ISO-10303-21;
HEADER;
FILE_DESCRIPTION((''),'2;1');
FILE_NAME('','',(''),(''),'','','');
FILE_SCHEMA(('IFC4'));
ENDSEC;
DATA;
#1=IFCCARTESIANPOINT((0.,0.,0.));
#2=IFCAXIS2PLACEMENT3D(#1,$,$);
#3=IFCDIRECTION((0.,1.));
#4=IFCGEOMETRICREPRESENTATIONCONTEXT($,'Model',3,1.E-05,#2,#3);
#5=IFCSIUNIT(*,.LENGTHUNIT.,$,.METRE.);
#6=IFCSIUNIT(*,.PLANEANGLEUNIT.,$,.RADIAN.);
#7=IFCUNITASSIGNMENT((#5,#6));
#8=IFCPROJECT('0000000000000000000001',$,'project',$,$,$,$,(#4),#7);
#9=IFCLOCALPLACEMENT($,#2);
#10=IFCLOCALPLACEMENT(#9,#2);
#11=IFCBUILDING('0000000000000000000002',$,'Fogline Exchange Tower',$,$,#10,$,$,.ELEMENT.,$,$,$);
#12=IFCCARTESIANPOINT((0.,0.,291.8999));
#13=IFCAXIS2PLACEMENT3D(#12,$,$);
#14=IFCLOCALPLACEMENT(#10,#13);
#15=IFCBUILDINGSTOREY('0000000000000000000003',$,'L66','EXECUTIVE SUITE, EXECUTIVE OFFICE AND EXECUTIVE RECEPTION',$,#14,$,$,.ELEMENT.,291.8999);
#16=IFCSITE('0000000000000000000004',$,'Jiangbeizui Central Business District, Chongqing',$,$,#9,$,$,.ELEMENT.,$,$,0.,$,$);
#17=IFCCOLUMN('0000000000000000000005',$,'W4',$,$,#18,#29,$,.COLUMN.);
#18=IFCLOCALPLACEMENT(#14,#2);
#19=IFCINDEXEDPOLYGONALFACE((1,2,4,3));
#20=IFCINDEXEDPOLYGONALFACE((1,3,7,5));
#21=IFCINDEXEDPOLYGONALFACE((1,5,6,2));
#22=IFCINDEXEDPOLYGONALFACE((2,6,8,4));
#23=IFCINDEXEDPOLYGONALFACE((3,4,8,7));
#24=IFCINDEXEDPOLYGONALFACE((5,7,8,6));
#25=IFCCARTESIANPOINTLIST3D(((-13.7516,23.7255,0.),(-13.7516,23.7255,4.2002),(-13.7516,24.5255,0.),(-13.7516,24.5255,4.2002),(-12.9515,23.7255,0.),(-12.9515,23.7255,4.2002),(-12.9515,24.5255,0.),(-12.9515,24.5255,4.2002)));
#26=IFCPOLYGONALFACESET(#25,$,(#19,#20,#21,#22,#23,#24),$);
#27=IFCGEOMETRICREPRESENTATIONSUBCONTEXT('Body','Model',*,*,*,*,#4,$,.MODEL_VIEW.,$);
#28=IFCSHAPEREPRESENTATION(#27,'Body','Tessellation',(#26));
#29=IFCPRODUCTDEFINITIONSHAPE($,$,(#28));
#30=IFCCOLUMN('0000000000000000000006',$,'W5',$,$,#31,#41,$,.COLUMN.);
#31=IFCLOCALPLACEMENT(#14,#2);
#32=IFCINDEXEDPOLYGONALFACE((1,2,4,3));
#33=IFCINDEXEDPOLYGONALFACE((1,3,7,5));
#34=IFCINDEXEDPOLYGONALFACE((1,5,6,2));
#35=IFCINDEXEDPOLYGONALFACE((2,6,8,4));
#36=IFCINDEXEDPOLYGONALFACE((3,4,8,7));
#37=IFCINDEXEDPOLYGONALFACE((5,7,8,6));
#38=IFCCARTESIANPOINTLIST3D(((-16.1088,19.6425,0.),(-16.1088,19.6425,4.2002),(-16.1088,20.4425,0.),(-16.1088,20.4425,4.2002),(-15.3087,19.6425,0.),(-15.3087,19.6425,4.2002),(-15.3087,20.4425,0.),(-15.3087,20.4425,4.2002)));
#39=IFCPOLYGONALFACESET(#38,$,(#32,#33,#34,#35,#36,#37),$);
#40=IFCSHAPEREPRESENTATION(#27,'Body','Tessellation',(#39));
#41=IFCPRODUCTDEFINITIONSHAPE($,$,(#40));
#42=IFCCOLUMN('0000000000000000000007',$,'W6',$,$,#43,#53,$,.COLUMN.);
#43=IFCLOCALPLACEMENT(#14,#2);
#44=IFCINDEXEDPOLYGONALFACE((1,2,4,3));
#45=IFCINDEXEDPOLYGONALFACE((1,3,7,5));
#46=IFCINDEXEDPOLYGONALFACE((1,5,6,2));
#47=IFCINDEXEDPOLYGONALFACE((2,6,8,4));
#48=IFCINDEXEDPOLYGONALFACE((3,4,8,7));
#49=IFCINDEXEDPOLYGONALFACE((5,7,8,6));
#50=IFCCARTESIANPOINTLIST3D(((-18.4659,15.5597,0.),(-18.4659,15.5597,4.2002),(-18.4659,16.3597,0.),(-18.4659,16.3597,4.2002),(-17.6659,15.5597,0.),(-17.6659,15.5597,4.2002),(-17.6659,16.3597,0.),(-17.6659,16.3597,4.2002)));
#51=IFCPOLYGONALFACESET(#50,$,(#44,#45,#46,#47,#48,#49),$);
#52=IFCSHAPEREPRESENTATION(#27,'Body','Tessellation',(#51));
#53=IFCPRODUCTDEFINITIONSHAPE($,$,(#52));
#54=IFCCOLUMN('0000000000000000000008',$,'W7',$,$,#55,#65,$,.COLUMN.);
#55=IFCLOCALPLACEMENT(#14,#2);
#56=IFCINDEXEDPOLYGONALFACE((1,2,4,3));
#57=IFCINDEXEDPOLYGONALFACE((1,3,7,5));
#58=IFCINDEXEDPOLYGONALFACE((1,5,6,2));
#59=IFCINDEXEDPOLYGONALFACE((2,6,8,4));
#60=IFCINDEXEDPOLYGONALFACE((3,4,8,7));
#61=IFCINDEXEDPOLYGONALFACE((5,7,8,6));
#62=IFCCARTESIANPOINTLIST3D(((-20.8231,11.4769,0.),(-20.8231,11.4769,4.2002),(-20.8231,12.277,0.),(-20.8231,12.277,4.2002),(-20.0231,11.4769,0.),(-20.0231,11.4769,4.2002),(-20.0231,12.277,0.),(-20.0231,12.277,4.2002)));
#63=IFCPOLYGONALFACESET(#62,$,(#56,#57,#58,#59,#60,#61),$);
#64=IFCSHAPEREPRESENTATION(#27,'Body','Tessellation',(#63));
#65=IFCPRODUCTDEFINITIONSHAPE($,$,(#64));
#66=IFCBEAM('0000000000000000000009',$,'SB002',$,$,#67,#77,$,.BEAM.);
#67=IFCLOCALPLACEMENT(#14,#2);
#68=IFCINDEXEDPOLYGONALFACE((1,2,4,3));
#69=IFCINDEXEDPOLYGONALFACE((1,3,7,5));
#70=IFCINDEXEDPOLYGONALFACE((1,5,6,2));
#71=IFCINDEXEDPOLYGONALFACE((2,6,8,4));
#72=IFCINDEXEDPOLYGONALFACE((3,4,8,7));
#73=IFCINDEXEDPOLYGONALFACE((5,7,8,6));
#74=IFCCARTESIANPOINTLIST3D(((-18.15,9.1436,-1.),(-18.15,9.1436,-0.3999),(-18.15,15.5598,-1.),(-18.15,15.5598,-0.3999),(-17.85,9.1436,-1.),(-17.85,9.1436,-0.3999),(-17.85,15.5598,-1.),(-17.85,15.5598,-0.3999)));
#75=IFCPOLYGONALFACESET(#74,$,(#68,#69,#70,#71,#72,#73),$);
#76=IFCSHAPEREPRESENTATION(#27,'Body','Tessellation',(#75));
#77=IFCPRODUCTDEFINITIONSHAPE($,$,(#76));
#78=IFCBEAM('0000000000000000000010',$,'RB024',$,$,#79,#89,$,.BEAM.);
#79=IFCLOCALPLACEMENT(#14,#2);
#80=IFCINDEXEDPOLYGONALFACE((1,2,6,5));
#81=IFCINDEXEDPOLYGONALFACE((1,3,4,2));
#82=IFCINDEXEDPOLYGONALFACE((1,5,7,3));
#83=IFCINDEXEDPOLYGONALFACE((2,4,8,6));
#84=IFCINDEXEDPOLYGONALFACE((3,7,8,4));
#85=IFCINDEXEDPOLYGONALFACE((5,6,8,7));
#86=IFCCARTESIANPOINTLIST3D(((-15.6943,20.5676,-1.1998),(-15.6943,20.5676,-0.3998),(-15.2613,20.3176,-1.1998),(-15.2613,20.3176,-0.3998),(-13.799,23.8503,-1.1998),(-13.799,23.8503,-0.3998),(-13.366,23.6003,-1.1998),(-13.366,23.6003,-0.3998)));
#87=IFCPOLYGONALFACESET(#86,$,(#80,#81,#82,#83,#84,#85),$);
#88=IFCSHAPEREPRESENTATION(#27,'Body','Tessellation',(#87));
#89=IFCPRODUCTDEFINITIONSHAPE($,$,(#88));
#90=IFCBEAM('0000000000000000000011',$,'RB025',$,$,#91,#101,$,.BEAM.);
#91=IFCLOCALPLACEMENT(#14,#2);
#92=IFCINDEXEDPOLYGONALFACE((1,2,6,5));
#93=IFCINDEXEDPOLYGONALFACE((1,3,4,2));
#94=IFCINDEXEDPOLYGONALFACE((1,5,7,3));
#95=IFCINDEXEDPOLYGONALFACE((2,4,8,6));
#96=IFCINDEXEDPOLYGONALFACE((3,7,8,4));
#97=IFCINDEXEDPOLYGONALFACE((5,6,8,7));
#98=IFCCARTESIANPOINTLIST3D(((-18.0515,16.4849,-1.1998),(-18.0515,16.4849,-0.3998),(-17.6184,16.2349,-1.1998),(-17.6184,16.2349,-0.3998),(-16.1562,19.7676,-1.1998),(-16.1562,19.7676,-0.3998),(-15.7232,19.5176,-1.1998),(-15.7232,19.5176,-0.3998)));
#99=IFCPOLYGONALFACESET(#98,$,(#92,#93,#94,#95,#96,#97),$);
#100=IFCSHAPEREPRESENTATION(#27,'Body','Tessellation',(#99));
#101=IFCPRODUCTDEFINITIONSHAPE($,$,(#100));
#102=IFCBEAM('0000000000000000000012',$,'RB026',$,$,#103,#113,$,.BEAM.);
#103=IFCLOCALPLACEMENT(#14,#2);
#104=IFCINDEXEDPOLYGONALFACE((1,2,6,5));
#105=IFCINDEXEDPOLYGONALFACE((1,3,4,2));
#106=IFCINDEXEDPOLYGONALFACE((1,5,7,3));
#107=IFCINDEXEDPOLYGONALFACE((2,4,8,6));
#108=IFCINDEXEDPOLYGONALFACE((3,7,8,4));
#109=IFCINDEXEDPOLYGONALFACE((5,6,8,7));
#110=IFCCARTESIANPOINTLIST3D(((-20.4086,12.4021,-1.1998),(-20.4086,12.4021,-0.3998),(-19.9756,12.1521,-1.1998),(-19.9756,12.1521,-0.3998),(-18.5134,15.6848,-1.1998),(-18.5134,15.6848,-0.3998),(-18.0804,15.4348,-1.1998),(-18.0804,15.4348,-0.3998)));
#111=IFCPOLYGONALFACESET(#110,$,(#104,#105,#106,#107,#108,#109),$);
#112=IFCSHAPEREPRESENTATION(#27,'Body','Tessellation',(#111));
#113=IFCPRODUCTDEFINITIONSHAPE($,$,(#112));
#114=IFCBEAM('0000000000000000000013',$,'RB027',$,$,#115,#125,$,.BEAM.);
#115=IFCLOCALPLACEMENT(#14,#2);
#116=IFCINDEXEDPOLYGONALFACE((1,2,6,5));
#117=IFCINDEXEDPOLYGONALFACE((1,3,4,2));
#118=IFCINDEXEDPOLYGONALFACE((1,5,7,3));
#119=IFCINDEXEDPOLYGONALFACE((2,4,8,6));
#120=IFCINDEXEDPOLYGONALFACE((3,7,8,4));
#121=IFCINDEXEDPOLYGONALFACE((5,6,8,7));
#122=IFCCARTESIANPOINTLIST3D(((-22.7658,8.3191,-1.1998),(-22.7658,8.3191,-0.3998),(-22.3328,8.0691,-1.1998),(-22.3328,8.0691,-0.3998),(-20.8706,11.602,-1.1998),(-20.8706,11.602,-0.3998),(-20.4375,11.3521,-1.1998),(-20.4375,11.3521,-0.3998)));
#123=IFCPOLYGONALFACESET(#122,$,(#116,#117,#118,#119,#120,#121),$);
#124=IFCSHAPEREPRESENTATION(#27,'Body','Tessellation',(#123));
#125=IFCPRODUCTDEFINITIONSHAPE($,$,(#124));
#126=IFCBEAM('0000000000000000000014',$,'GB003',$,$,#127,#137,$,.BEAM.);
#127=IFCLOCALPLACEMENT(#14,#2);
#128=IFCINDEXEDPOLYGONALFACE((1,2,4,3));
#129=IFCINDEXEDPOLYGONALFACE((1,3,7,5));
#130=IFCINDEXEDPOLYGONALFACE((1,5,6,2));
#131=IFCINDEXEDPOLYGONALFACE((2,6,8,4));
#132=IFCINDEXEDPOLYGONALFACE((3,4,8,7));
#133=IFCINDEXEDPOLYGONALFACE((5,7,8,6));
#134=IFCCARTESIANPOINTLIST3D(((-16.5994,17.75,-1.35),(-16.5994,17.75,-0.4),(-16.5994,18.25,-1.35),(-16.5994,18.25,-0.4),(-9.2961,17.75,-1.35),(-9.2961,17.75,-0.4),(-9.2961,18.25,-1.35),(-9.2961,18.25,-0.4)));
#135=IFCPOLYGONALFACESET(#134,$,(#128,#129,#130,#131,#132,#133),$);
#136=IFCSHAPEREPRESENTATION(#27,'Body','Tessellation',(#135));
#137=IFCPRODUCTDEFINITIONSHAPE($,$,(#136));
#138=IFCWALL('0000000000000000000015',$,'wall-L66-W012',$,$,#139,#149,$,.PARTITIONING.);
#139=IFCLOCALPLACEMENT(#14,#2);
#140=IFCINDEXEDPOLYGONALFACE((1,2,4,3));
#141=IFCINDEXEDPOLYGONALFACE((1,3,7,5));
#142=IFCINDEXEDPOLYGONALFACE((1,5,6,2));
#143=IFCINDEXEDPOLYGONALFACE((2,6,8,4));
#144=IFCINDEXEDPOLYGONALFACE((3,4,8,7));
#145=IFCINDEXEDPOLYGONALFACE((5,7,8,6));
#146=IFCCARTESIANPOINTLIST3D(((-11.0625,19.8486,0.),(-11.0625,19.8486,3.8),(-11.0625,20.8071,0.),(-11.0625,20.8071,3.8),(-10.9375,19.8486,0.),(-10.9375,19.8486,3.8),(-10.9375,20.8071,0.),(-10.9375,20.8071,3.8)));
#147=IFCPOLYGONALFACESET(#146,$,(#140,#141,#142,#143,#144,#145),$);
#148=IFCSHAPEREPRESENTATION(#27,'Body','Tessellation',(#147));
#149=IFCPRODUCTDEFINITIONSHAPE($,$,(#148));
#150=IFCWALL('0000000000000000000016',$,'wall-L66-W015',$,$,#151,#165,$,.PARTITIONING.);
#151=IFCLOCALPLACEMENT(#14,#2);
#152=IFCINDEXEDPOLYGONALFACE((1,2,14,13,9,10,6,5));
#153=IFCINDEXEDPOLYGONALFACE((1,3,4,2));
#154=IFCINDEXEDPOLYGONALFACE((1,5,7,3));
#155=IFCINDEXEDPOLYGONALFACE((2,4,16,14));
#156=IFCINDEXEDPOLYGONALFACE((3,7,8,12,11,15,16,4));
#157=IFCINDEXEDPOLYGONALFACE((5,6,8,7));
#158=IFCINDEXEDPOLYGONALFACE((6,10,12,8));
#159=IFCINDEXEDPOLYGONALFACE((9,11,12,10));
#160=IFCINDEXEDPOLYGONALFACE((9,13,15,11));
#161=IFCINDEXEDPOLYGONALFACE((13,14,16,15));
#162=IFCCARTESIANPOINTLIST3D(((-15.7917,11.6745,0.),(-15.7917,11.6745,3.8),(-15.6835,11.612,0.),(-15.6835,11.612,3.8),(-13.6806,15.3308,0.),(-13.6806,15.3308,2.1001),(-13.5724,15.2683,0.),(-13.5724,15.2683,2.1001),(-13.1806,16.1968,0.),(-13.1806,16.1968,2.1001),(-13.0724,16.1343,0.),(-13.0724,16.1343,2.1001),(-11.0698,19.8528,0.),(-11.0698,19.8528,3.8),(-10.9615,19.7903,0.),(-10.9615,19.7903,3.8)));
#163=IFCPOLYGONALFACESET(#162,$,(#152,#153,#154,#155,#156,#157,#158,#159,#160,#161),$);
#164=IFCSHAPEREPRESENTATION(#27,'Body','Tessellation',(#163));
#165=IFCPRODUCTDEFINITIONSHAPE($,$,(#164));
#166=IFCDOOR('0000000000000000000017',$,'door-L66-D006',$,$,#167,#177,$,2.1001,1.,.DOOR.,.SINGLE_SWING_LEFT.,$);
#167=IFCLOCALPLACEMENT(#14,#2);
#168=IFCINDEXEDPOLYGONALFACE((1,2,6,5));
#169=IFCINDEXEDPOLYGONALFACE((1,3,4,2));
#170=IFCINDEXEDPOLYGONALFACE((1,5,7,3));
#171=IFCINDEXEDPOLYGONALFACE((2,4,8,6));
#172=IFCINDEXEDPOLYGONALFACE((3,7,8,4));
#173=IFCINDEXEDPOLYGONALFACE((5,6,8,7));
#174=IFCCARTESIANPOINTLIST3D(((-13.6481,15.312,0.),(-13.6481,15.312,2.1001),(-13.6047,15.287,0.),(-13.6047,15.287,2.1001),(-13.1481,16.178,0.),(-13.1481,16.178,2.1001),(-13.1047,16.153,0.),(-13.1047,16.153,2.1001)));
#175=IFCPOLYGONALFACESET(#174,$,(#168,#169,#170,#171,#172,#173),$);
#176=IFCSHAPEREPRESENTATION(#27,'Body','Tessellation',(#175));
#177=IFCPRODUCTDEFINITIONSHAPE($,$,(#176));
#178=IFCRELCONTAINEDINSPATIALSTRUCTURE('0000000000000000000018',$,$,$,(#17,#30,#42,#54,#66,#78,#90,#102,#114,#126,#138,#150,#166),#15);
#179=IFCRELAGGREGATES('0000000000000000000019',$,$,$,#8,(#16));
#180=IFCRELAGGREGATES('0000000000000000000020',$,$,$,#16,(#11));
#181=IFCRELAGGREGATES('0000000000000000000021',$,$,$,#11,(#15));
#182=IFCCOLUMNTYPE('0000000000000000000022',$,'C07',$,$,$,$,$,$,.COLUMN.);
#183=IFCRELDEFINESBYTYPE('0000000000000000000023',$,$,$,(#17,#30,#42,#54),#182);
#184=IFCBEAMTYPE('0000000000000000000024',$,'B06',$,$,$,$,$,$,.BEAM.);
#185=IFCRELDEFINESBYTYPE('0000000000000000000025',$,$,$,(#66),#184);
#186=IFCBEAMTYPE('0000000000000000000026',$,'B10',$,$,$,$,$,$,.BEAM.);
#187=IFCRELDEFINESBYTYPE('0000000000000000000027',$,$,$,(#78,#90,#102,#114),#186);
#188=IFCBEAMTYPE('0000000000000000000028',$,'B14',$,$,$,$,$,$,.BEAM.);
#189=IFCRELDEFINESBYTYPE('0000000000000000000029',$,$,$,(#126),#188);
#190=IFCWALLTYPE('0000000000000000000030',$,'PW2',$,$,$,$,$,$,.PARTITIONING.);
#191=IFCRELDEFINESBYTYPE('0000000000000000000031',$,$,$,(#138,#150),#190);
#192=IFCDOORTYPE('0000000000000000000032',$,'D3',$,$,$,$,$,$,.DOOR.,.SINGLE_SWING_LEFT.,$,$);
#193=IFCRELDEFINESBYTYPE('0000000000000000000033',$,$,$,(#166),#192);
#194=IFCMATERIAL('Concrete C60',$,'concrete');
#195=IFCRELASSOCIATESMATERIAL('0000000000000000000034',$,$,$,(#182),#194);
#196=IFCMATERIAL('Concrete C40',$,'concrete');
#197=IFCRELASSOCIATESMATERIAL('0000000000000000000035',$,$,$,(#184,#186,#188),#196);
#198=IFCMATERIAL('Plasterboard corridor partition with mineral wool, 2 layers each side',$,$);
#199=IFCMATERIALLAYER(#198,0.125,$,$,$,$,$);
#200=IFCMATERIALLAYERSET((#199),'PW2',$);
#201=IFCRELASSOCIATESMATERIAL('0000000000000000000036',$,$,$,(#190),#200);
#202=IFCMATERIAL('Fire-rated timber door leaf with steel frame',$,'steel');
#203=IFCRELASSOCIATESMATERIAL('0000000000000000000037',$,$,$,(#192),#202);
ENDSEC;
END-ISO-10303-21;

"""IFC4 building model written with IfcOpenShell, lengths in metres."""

from ifc_helpers import new_model, si_unit, direction, frame, frame_2d, origin, origin_2d, place, context, subcontext, project, spatial, rectangle, extrude, material, layer, layer_set, material_profile, profile_set, type_object, element, fill, save


model = new_model("IFC4")

# Units and contexts
model_context = context("Model", 3, precision=1e-05, world=origin(), true_north=direction((0.0, 1.0)))
body_context = subcontext(model_context, "Body", "Model", "MODEL_VIEW")
ifc_project = project(units=[si_unit("LENGTHUNIT", "METRE"), si_unit("PLANEANGLEUNIT", "RADIAN")], contexts=[model_context])

# Site, building, storey
site_placement = place(None, origin())
site = spatial("IfcSite", under=ifc_project, at=site_placement, Name="Jiangbeizui Central Business District, Chongqing", CompositionType="ELEMENT", RefElevation=0.0)
building_placement = place(site_placement, origin())
building = spatial("IfcBuilding", under=site, at=building_placement, Name="Fogline Exchange Tower", CompositionType="ELEMENT")
storey_placement = place(building_placement, frame((0.0, 0.0, 291.8999)))
storey = spatial("IfcBuildingStorey", under=building, at=storey_placement, Name="L66", Description="EXECUTIVE SUITE, EXECUTIVE OFFICE AND EXECUTIVE RECEPTION", CompositionType="ELEMENT", Elevation=291.8999)

# Columns
ifc_material_1 = material(Name="Concrete C60", Category="concrete")
ifc_material_profile_1 = material_profile(ifc_material_1, rectangle(XDim=0.8, YDim=0.8, at=origin_2d()), Name="RC 800x800")
ifc_profile_set_1 = profile_set([ifc_material_profile_1], Name="Concrete C60")
column_type = type_object("IfcColumnType", Name="C07", PredefinedType="COLUMN", material=ifc_profile_set_1)
for number, where, z_axis, x_axis, name in (
    (1, (-13.3516, 24.1255, 0.0), (0.0, 0.0, 1.0), (1.0, 0.0, 0.0), "W4"),
    (2, (-15.7087, 20.0425, 0.0), (0.0, 0.0, 1.0), (1.0, 0.0, 0.0), "W5"),
    (3, (-18.0659, 15.9597, 0.0), (0.0, 0.0, 1.0), (1.0, 0.0, 0.0), "W6"),
    (4, (-20.4231, 11.877, 0.0), (0.0, 0.0, 1.0), (1.0, 0.0, 0.0), "W7"),
):
    element("IfcColumn", number, at=place(storey_placement, frame(where, z_axis=z_axis, x_axis=x_axis)), inside=storey, type_object=column_type, Name=name, PredefinedType="COLUMN", context=body_context, shape_type="SweptSolid", body=[
        extrude(rectangle(XDim=0.8, YDim=0.8, at=origin_2d()), origin(), (0.0, 0.0, 1.0), 4.2002),
    ])

# Beams
ifc_material_2 = material(Name="Concrete C40", Category="concrete")
ifc_material_profile_2 = material_profile(ifc_material_2, rectangle(XDim=0.3, YDim=0.6001, at=origin_2d()), Name="RC 300x600")
ifc_profile_set_2 = profile_set([ifc_material_profile_2], Name="Concrete C40")
beam_type_1 = type_object("IfcBeamType", Name="B06", PredefinedType="BEAM", material=ifc_profile_set_2)
beam_1_placement = place(storey_placement, frame((-18.0, 9.1436, -0.7), z_axis=(0.0, 1.0, 0.0), x_axis=(-1.0, 0.0, 0.0)))
element("IfcBeam", 5, at=beam_1_placement, inside=storey, type_object=beam_type_1, Name="SB002", PredefinedType="BEAM", context=body_context, shape_type="SweptSolid", body=[
    extrude(rectangle(XDim=0.3, YDim=0.6001, at=origin_2d()), origin(), (0.0, 0.0, 1.0), 6.4163),
])
ifc_material_profile_3 = material_profile(ifc_material_2, rectangle(XDim=0.5, YDim=0.8, at=origin_2d()), Name="RC 500x800")
ifc_profile_set_3 = profile_set([ifc_material_profile_3], Name="Concrete C40")
beam_type_2 = type_object("IfcBeamType", Name="B10", PredefinedType="BEAM", material=ifc_profile_set_3)
for number, where, z_axis, x_axis, name in (
    (6, (-13.5825, 23.7253, -0.7998), (-0.499998, -0.866027, 0.0), (0.866027, -0.499998, 0.0), "RB024"),
    (7, (-15.9397, 19.6426, -0.7998), (-0.499998, -0.866027, 0.0), (0.866027, -0.499998, 0.0), "RB025"),
    (8, (-18.2969, 15.5598, -0.7998), (-0.499998, -0.866027, 0.0), (0.866027, -0.499998, 0.0), "RB026"),
):
    element("IfcBeam", number, at=place(storey_placement, frame(where, z_axis=z_axis, x_axis=x_axis)), inside=storey, type_object=beam_type_2, Name=name, PredefinedType="BEAM", context=body_context, shape_type="SweptSolid", body=[
        extrude(rectangle(XDim=0.5, YDim=0.8, at=origin_2d()), origin(), (0.0, 0.0, 1.0), 3.7905),
    ])
beam_2_placement = place(storey_placement, frame((-20.6541, 11.4771, -0.7998), z_axis=(-0.49997, -0.866043, 0.0), x_axis=(0.866043, -0.49997, 0.0)))
element("IfcBeam", 9, at=beam_2_placement, inside=storey, type_object=beam_type_2, Name="RB027", PredefinedType="BEAM", context=body_context, shape_type="SweptSolid", body=[
    extrude(rectangle(XDim=0.5, YDim=0.8, at=origin_2d()), origin(), (0.0, 0.0, 1.0), 3.7908),
])
ifc_material_profile_4 = material_profile(ifc_material_2, rectangle(XDim=0.5, YDim=0.95, at=origin_2d()), Name="RC 500x950")
ifc_profile_set_4 = profile_set([ifc_material_profile_4], Name="Concrete C40")
beam_type_3 = type_object("IfcBeamType", Name="B14", PredefinedType="BEAM", material=ifc_profile_set_4)
beam_3_placement = place(storey_placement, frame((-16.5994, 18.0, -0.875), z_axis=(1.0, 0.0, 0.0), x_axis=(0.0, 1.0, 0.0)))
element("IfcBeam", 10, at=beam_3_placement, inside=storey, type_object=beam_type_3, Name="GB003", PredefinedType="BEAM", context=body_context, shape_type="SweptSolid", body=[
    extrude(rectangle(XDim=0.5, YDim=0.95, at=origin_2d()), origin(), (0.0, 0.0, 1.0), 7.3032),
])

# Wall
ifc_material_3 = material(Name="Plasterboard corridor partition with mineral wool, 2 layers each side")
ifc_layer_1 = layer(ifc_material_3, 0.125)
ifc_layer_set_1 = layer_set([ifc_layer_1], Name="PW2")
wall_type_1 = type_object("IfcWallType", Name="PW2", PredefinedType="PARTITIONING", material=ifc_layer_set_1)
wall_1_placement = place(storey_placement, frame((-11.0, 19.8486, 0.0), z_axis=(0.0, 0.0, 1.0), x_axis=(0.0, 1.0, 0.0)))
element("IfcWall", 11, at=wall_1_placement, inside=storey, type_object=wall_type_1, Name="wall-L66-W012", PredefinedType="PARTITIONING", context=body_context, shape_type="SweptSolid", body=[
    extrude(rectangle(XDim=0.9585, YDim=0.125, at=frame_2d((0.4792, 0.0))), origin(), (0.0, 0.0, 1.0), 3.8),
])

# Wall, opening, door
wall_2_placement = place(storey_placement, frame((-15.7375, 11.6433, 0.0), z_axis=(0.0, 0.0, 1.0), x_axis=(0.500018, 0.866015, 0.0)))
wall_2 = element("IfcWall", 12, at=wall_2_placement, inside=storey, type_object=wall_type_1, Name="wall-L66-W015", PredefinedType="PARTITIONING", context=body_context, shape_type="SweptSolid", body=[
    extrude(rectangle(XDim=9.4436, YDim=0.125, at=frame_2d((4.7217, 0.0))), origin(), (0.0, 0.0, 1.0), 3.8),
])
opening_1_placement = place(wall_2_placement, frame((4.2219, 0.0, 0.0)))
opening_1 = element("IfcOpeningElement", 13, at=opening_1_placement, cuts=wall_2, PredefinedType="OPENING", context=body_context, shape_type="SweptSolid", body=[
    extrude(rectangle(XDim=1.0, YDim=2.1001, at=frame_2d((0.5, 1.05))), frame((0.0, 0.0725, 0.0), z_axis=(0.0, -1.0, 0.0), x_axis=(1.0, 0.0, 0.0)), (0.0, 0.0, 1.0), 0.145),
])
ifc_material_4 = material(Name="Fire-rated timber door leaf with steel frame", Category="steel")
door_type_1 = type_object("IfcDoorType", Name="D3", OperationType="SINGLE_SWING_LEFT", PredefinedType="DOOR", material=ifc_material_4)
door_1_placement = place(opening_1_placement, origin())
door_1 = element("IfcDoor", 14, at=door_1_placement, inside=storey, type_object=door_type_1, Name="door-L66-D006", OperationType="SINGLE_SWING_LEFT", OverallHeight=2.1001, OverallWidth=1.0, PredefinedType="DOOR", context=body_context, shape_type="SweptSolid", body=[
    extrude(rectangle(XDim=1.0, YDim=2.1001, at=frame_2d((0.5, 1.05))), frame((0.0, 0.0249, 0.0), z_axis=(0.0, -1.0, 0.0), x_axis=(1.0, 0.0, 0.0)), (0.0, 0.0, 1.0), 0.05),
])
fill(opening_1, door_1)

save(model, "model.ifc")
